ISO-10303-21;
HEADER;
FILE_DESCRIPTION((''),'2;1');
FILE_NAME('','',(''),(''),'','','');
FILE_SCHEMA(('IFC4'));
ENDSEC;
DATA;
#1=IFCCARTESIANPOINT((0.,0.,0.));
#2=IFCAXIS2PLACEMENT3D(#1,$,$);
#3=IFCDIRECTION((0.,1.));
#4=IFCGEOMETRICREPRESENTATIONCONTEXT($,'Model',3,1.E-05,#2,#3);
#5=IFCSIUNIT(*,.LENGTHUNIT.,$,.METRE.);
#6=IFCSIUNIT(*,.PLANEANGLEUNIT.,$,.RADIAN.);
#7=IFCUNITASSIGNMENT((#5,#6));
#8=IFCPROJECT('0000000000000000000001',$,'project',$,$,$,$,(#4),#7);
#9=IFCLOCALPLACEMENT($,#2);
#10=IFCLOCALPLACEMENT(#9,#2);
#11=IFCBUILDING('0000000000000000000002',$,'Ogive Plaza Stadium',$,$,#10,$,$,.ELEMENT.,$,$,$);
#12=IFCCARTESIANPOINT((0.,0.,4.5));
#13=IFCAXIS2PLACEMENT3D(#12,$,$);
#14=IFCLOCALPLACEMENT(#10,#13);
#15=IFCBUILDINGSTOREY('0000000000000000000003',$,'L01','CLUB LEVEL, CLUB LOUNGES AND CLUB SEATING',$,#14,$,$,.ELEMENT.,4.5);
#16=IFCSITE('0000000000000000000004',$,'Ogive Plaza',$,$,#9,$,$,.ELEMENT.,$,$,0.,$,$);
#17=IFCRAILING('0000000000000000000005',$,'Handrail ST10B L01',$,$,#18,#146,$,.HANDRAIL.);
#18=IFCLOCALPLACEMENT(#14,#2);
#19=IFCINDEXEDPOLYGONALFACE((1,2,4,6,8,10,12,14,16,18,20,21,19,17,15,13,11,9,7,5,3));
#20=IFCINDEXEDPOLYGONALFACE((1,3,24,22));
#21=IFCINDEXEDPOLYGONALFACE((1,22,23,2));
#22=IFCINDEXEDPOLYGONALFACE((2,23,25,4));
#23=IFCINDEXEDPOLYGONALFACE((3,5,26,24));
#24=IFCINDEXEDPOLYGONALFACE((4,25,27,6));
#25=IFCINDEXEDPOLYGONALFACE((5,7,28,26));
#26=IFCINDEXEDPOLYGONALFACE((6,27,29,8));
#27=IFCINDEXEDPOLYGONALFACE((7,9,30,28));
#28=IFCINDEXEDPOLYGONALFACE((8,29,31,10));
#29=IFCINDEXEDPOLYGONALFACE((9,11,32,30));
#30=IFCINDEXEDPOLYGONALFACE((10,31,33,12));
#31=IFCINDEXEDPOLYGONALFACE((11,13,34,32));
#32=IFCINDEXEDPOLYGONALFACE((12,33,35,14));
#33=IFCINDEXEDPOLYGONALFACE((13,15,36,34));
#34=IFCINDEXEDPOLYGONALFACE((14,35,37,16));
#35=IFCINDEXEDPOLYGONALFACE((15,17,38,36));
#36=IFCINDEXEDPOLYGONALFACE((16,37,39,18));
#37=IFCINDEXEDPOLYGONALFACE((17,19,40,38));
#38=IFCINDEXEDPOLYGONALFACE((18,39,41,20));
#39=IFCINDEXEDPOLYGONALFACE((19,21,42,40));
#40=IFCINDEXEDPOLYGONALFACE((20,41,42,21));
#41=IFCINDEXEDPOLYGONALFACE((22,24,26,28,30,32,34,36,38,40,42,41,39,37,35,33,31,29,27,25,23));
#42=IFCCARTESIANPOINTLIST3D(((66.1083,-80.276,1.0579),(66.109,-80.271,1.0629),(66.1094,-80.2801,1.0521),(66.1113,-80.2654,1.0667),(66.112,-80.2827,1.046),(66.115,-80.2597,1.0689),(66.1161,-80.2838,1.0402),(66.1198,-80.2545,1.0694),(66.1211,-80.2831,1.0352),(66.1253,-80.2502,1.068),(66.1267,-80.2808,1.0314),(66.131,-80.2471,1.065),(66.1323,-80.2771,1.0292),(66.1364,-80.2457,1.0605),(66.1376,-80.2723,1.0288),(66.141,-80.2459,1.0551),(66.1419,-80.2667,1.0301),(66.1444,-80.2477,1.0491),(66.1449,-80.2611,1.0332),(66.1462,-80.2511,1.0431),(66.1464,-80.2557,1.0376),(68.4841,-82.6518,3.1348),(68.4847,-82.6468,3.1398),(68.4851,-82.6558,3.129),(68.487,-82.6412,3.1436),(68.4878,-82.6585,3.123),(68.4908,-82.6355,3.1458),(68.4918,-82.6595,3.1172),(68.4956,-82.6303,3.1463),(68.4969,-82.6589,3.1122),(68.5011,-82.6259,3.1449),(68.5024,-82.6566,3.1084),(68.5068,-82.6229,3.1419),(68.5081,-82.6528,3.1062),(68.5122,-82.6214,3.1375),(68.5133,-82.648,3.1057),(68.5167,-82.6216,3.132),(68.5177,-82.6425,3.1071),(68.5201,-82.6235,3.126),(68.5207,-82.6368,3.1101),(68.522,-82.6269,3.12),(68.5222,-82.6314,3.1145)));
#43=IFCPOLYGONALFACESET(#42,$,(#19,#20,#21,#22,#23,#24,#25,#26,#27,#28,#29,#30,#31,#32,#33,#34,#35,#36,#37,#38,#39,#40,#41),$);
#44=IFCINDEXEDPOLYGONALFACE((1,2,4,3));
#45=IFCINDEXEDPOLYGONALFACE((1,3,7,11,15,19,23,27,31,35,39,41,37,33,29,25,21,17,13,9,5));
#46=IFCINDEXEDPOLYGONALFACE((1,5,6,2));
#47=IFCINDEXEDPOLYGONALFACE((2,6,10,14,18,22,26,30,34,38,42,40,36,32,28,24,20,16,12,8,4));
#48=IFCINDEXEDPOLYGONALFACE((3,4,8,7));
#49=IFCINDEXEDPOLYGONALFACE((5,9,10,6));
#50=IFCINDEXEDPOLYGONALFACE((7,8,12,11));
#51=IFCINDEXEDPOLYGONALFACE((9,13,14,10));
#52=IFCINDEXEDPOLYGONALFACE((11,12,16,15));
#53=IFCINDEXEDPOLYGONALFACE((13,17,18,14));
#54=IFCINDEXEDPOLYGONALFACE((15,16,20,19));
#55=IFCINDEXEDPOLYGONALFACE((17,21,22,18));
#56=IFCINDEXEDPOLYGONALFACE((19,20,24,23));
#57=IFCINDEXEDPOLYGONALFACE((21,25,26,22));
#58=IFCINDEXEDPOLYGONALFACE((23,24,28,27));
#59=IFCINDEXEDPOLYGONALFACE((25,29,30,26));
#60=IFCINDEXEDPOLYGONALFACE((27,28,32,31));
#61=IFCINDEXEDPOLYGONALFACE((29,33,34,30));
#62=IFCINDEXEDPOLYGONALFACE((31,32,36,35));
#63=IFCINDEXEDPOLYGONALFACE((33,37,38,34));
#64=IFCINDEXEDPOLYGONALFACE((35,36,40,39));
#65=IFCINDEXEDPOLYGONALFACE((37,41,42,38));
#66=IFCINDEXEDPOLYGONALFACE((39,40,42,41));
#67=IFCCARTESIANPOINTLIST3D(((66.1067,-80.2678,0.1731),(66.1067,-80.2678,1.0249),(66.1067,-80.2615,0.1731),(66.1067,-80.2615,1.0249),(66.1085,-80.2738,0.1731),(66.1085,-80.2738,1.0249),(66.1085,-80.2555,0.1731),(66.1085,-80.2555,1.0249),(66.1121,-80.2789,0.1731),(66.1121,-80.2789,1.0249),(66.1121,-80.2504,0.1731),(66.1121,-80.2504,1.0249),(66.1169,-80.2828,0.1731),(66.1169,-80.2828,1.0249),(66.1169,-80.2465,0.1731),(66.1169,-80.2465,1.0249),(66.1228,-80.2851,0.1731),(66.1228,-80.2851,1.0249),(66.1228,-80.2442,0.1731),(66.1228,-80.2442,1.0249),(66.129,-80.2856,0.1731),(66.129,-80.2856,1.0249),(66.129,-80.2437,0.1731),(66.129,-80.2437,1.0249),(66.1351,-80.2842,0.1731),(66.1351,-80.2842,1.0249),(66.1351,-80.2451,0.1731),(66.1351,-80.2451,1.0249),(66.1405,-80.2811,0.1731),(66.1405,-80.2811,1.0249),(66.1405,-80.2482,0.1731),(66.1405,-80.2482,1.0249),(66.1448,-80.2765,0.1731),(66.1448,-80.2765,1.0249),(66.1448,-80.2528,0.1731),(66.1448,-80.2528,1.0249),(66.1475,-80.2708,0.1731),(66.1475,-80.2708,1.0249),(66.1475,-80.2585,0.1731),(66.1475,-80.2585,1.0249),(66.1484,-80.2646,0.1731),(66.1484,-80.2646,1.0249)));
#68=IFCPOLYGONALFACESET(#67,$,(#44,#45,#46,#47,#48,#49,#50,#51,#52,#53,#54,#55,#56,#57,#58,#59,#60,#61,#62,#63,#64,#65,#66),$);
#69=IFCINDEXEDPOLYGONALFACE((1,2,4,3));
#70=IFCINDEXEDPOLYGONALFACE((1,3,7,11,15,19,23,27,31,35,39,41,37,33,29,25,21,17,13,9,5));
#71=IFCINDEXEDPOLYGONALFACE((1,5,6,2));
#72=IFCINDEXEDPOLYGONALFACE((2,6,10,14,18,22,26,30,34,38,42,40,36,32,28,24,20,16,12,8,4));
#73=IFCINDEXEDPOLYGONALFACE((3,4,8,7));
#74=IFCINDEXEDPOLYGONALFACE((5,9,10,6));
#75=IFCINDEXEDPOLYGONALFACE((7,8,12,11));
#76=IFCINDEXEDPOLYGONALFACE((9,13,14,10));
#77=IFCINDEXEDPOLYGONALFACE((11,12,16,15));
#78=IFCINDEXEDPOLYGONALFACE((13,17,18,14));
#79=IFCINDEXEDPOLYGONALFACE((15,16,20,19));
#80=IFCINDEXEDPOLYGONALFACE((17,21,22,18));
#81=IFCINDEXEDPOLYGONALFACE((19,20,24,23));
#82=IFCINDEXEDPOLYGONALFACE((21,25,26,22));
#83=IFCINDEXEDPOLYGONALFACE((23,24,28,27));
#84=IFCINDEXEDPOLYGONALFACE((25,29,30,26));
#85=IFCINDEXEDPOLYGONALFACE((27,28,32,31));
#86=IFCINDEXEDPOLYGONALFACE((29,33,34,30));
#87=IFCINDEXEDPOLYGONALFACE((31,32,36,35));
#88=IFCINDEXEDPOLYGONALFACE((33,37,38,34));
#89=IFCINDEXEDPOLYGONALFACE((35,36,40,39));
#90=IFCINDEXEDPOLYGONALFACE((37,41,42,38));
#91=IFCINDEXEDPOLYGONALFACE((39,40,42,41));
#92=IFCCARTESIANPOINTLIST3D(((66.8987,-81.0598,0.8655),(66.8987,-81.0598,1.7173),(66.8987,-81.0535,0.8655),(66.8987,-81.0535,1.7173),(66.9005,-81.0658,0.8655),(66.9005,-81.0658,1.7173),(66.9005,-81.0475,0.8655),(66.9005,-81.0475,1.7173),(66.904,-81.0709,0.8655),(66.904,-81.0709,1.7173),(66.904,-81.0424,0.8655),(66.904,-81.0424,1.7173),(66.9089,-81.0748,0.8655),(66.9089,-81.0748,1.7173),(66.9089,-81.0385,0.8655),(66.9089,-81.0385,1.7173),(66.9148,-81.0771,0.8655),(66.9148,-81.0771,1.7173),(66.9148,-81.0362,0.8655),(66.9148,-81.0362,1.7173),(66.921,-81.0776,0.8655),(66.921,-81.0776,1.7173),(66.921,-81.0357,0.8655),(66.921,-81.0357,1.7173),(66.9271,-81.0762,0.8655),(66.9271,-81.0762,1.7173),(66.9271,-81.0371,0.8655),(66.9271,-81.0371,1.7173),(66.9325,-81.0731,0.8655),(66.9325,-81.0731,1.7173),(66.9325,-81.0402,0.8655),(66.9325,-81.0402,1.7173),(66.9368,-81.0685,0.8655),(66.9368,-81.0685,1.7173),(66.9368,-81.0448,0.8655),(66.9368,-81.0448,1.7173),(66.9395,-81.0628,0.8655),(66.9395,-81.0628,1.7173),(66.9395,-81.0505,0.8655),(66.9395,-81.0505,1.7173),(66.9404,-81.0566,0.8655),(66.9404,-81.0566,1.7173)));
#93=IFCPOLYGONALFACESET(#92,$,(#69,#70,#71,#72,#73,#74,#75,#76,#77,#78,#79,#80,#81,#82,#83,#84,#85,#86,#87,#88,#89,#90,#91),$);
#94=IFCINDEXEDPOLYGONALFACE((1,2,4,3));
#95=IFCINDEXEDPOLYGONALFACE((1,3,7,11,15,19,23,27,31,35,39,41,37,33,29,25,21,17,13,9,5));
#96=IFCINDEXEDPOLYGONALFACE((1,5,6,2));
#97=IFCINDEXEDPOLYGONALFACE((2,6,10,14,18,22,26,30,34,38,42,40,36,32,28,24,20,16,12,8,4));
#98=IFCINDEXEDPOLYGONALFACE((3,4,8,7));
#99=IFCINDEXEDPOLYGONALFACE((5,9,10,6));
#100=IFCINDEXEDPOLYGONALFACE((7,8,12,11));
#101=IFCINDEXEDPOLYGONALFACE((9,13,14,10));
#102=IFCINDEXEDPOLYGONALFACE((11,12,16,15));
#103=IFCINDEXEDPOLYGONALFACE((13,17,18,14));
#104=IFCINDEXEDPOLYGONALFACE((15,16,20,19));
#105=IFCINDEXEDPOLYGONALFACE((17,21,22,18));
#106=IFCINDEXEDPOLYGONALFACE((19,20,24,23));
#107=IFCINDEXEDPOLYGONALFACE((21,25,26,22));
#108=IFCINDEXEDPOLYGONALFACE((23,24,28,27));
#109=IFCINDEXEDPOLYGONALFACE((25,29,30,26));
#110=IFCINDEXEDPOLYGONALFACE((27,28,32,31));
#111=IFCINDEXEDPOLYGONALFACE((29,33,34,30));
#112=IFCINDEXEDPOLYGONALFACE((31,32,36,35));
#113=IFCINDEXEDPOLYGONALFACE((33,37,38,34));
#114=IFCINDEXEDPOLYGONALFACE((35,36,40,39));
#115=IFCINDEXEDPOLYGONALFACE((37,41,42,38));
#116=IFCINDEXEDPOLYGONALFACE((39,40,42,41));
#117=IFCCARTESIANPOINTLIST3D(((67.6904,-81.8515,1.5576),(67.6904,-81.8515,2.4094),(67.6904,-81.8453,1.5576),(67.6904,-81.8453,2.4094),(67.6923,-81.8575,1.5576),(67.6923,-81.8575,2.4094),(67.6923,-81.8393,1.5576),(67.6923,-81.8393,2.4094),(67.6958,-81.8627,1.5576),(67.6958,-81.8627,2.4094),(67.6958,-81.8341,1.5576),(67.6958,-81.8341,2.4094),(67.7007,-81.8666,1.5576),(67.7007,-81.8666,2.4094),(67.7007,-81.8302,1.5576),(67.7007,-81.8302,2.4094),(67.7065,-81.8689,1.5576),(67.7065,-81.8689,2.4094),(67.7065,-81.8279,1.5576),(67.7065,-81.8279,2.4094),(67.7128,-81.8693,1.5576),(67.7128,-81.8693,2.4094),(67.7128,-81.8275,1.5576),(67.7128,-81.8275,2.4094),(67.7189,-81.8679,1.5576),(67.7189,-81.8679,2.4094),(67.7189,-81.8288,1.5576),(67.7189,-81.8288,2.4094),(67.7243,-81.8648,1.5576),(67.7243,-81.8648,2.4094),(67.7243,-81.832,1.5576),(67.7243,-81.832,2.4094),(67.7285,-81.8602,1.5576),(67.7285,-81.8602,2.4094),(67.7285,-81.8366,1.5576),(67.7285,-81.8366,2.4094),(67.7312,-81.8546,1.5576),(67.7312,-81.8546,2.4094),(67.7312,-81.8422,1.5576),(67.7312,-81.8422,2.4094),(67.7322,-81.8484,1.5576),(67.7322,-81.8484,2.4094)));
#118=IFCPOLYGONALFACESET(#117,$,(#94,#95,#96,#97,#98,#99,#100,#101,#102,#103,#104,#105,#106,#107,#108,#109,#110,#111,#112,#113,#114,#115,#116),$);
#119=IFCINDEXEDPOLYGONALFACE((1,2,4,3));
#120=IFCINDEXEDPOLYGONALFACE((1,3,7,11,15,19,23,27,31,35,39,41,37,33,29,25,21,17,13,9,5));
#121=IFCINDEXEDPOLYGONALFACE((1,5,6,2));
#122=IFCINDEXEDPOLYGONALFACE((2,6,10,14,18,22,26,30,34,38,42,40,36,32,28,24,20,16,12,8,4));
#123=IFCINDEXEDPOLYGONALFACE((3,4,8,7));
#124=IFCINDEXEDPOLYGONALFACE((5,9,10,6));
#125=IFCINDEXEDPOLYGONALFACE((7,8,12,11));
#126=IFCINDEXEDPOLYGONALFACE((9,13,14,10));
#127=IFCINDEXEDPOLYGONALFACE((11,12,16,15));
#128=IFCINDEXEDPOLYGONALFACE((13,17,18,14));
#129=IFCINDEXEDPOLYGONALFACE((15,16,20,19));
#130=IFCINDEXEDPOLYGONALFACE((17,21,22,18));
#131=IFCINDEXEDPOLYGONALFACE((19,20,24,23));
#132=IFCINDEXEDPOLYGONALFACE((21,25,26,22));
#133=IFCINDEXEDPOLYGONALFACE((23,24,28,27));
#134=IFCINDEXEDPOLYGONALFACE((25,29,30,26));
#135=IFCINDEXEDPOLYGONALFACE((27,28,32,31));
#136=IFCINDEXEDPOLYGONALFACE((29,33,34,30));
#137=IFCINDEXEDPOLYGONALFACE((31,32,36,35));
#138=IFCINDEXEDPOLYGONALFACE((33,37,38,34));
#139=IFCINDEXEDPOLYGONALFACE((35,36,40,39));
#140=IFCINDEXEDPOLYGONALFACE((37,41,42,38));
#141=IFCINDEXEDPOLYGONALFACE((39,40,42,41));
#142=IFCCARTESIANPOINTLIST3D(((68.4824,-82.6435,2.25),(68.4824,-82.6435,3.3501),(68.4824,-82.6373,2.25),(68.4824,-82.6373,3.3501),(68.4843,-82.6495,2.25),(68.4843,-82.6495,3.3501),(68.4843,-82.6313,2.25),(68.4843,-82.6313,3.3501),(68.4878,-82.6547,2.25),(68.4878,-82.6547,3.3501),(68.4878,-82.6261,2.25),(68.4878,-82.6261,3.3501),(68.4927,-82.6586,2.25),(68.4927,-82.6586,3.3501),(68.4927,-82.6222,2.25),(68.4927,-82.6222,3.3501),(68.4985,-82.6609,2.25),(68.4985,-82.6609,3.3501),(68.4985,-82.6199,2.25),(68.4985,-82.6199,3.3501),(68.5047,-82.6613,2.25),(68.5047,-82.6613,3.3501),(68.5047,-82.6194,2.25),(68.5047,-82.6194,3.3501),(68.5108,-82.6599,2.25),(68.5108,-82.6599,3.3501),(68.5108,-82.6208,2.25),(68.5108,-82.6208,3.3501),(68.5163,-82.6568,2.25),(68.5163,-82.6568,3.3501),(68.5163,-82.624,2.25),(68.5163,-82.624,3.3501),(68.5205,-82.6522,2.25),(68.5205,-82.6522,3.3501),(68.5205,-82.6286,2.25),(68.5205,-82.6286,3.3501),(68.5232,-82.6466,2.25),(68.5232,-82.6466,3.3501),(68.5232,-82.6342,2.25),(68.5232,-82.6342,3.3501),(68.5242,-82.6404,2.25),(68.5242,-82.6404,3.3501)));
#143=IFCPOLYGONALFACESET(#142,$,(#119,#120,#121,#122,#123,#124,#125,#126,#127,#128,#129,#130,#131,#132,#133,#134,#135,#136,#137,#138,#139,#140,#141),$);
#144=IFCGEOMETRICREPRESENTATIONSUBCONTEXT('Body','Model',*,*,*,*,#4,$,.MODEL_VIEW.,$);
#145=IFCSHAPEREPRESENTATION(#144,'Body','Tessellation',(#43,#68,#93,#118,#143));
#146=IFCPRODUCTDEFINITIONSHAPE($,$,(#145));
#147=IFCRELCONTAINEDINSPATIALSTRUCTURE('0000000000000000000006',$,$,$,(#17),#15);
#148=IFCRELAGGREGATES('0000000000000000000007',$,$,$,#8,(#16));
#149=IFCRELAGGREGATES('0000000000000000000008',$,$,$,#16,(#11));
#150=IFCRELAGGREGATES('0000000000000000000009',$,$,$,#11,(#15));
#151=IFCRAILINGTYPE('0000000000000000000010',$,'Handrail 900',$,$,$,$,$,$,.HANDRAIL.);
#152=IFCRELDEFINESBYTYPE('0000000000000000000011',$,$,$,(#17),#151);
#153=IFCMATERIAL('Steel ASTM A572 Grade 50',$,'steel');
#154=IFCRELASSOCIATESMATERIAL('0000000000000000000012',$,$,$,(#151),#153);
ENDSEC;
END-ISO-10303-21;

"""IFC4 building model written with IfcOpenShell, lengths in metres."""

from ifc_helpers import new_model, si_unit, direction, frame, origin, origin_2d, place, context, subcontext, project, spatial, circle, extrude, material, type_object, element, save


model = new_model("IFC4")

# Units and contexts
model_context = context("Model", 3, precision=1e-05, world=origin(), true_north=direction((0.0, 1.0)))
body_context = subcontext(model_context, "Body", "Model", "MODEL_VIEW")
ifc_project = project(units=[si_unit("LENGTHUNIT", "METRE"), si_unit("PLANEANGLEUNIT", "RADIAN")], contexts=[model_context])

# Site, building, storey
site_placement = place(None, origin())
site = spatial("IfcSite", under=ifc_project, at=site_placement, Name="Ogive Plaza", CompositionType="ELEMENT", RefElevation=0.0)
building_placement = place(site_placement, origin())
building = spatial("IfcBuilding", under=site, at=building_placement, Name="Ogive Plaza Stadium", CompositionType="ELEMENT")
storey_placement = place(building_placement, frame((0.0, 0.0, 4.5)))
storey = spatial("IfcBuildingStorey", under=building, at=storey_placement, Name="L01", Description="CLUB LEVEL, CLUB LOUNGES AND CLUB SEATING", CompositionType="ELEMENT", Elevation=4.5)

# Railing
ifc_material_1 = material(Name="Steel ASTM A572 Grade 50", Category="steel")
railing_type_1 = type_object("IfcRailingType", Name="Handrail 900", PredefinedType="HANDRAIL", material=ifc_material_1)
railing_1_placement = place(storey_placement, frame((66.1274, -80.2646, 0.1731)))
element("IfcRailing", 1, at=railing_1_placement, inside=storey, type_object=railing_type_1, Name="Handrail ST10B L01", PredefinedType="HANDRAIL", context=body_context, shape_type="SweptSolid", body=[
    extrude(circle(Radius=0.0239, at=origin_2d()), frame((0.0, 0.0, 0.876), z_axis=(0.601466, -0.601466, 0.525811), x_axis=(0.707107, 0.707107, 0.0)), (0.0, 0.0, 1.0), 3.95),
    extrude(circle(Radius=0.021, at=origin_2d()), origin(), (0.0, 0.0, 1.0), 0.8518),
    extrude(circle(Radius=0.021, at=origin_2d()), frame((0.792, -0.792, 0.6924)), (0.0, 0.0, 1.0), 0.8518),
    extrude(circle(Radius=0.021, at=origin_2d()), frame((1.5837, -1.5837, 1.3845)), (0.0, 0.0, 1.0), 0.8518),
    extrude(circle(Radius=0.021, at=origin_2d()), frame((2.3757, -2.3757, 2.0769)), (0.0, 0.0, 1.0), 1.1001),
])

save(model, "model.ifc")
